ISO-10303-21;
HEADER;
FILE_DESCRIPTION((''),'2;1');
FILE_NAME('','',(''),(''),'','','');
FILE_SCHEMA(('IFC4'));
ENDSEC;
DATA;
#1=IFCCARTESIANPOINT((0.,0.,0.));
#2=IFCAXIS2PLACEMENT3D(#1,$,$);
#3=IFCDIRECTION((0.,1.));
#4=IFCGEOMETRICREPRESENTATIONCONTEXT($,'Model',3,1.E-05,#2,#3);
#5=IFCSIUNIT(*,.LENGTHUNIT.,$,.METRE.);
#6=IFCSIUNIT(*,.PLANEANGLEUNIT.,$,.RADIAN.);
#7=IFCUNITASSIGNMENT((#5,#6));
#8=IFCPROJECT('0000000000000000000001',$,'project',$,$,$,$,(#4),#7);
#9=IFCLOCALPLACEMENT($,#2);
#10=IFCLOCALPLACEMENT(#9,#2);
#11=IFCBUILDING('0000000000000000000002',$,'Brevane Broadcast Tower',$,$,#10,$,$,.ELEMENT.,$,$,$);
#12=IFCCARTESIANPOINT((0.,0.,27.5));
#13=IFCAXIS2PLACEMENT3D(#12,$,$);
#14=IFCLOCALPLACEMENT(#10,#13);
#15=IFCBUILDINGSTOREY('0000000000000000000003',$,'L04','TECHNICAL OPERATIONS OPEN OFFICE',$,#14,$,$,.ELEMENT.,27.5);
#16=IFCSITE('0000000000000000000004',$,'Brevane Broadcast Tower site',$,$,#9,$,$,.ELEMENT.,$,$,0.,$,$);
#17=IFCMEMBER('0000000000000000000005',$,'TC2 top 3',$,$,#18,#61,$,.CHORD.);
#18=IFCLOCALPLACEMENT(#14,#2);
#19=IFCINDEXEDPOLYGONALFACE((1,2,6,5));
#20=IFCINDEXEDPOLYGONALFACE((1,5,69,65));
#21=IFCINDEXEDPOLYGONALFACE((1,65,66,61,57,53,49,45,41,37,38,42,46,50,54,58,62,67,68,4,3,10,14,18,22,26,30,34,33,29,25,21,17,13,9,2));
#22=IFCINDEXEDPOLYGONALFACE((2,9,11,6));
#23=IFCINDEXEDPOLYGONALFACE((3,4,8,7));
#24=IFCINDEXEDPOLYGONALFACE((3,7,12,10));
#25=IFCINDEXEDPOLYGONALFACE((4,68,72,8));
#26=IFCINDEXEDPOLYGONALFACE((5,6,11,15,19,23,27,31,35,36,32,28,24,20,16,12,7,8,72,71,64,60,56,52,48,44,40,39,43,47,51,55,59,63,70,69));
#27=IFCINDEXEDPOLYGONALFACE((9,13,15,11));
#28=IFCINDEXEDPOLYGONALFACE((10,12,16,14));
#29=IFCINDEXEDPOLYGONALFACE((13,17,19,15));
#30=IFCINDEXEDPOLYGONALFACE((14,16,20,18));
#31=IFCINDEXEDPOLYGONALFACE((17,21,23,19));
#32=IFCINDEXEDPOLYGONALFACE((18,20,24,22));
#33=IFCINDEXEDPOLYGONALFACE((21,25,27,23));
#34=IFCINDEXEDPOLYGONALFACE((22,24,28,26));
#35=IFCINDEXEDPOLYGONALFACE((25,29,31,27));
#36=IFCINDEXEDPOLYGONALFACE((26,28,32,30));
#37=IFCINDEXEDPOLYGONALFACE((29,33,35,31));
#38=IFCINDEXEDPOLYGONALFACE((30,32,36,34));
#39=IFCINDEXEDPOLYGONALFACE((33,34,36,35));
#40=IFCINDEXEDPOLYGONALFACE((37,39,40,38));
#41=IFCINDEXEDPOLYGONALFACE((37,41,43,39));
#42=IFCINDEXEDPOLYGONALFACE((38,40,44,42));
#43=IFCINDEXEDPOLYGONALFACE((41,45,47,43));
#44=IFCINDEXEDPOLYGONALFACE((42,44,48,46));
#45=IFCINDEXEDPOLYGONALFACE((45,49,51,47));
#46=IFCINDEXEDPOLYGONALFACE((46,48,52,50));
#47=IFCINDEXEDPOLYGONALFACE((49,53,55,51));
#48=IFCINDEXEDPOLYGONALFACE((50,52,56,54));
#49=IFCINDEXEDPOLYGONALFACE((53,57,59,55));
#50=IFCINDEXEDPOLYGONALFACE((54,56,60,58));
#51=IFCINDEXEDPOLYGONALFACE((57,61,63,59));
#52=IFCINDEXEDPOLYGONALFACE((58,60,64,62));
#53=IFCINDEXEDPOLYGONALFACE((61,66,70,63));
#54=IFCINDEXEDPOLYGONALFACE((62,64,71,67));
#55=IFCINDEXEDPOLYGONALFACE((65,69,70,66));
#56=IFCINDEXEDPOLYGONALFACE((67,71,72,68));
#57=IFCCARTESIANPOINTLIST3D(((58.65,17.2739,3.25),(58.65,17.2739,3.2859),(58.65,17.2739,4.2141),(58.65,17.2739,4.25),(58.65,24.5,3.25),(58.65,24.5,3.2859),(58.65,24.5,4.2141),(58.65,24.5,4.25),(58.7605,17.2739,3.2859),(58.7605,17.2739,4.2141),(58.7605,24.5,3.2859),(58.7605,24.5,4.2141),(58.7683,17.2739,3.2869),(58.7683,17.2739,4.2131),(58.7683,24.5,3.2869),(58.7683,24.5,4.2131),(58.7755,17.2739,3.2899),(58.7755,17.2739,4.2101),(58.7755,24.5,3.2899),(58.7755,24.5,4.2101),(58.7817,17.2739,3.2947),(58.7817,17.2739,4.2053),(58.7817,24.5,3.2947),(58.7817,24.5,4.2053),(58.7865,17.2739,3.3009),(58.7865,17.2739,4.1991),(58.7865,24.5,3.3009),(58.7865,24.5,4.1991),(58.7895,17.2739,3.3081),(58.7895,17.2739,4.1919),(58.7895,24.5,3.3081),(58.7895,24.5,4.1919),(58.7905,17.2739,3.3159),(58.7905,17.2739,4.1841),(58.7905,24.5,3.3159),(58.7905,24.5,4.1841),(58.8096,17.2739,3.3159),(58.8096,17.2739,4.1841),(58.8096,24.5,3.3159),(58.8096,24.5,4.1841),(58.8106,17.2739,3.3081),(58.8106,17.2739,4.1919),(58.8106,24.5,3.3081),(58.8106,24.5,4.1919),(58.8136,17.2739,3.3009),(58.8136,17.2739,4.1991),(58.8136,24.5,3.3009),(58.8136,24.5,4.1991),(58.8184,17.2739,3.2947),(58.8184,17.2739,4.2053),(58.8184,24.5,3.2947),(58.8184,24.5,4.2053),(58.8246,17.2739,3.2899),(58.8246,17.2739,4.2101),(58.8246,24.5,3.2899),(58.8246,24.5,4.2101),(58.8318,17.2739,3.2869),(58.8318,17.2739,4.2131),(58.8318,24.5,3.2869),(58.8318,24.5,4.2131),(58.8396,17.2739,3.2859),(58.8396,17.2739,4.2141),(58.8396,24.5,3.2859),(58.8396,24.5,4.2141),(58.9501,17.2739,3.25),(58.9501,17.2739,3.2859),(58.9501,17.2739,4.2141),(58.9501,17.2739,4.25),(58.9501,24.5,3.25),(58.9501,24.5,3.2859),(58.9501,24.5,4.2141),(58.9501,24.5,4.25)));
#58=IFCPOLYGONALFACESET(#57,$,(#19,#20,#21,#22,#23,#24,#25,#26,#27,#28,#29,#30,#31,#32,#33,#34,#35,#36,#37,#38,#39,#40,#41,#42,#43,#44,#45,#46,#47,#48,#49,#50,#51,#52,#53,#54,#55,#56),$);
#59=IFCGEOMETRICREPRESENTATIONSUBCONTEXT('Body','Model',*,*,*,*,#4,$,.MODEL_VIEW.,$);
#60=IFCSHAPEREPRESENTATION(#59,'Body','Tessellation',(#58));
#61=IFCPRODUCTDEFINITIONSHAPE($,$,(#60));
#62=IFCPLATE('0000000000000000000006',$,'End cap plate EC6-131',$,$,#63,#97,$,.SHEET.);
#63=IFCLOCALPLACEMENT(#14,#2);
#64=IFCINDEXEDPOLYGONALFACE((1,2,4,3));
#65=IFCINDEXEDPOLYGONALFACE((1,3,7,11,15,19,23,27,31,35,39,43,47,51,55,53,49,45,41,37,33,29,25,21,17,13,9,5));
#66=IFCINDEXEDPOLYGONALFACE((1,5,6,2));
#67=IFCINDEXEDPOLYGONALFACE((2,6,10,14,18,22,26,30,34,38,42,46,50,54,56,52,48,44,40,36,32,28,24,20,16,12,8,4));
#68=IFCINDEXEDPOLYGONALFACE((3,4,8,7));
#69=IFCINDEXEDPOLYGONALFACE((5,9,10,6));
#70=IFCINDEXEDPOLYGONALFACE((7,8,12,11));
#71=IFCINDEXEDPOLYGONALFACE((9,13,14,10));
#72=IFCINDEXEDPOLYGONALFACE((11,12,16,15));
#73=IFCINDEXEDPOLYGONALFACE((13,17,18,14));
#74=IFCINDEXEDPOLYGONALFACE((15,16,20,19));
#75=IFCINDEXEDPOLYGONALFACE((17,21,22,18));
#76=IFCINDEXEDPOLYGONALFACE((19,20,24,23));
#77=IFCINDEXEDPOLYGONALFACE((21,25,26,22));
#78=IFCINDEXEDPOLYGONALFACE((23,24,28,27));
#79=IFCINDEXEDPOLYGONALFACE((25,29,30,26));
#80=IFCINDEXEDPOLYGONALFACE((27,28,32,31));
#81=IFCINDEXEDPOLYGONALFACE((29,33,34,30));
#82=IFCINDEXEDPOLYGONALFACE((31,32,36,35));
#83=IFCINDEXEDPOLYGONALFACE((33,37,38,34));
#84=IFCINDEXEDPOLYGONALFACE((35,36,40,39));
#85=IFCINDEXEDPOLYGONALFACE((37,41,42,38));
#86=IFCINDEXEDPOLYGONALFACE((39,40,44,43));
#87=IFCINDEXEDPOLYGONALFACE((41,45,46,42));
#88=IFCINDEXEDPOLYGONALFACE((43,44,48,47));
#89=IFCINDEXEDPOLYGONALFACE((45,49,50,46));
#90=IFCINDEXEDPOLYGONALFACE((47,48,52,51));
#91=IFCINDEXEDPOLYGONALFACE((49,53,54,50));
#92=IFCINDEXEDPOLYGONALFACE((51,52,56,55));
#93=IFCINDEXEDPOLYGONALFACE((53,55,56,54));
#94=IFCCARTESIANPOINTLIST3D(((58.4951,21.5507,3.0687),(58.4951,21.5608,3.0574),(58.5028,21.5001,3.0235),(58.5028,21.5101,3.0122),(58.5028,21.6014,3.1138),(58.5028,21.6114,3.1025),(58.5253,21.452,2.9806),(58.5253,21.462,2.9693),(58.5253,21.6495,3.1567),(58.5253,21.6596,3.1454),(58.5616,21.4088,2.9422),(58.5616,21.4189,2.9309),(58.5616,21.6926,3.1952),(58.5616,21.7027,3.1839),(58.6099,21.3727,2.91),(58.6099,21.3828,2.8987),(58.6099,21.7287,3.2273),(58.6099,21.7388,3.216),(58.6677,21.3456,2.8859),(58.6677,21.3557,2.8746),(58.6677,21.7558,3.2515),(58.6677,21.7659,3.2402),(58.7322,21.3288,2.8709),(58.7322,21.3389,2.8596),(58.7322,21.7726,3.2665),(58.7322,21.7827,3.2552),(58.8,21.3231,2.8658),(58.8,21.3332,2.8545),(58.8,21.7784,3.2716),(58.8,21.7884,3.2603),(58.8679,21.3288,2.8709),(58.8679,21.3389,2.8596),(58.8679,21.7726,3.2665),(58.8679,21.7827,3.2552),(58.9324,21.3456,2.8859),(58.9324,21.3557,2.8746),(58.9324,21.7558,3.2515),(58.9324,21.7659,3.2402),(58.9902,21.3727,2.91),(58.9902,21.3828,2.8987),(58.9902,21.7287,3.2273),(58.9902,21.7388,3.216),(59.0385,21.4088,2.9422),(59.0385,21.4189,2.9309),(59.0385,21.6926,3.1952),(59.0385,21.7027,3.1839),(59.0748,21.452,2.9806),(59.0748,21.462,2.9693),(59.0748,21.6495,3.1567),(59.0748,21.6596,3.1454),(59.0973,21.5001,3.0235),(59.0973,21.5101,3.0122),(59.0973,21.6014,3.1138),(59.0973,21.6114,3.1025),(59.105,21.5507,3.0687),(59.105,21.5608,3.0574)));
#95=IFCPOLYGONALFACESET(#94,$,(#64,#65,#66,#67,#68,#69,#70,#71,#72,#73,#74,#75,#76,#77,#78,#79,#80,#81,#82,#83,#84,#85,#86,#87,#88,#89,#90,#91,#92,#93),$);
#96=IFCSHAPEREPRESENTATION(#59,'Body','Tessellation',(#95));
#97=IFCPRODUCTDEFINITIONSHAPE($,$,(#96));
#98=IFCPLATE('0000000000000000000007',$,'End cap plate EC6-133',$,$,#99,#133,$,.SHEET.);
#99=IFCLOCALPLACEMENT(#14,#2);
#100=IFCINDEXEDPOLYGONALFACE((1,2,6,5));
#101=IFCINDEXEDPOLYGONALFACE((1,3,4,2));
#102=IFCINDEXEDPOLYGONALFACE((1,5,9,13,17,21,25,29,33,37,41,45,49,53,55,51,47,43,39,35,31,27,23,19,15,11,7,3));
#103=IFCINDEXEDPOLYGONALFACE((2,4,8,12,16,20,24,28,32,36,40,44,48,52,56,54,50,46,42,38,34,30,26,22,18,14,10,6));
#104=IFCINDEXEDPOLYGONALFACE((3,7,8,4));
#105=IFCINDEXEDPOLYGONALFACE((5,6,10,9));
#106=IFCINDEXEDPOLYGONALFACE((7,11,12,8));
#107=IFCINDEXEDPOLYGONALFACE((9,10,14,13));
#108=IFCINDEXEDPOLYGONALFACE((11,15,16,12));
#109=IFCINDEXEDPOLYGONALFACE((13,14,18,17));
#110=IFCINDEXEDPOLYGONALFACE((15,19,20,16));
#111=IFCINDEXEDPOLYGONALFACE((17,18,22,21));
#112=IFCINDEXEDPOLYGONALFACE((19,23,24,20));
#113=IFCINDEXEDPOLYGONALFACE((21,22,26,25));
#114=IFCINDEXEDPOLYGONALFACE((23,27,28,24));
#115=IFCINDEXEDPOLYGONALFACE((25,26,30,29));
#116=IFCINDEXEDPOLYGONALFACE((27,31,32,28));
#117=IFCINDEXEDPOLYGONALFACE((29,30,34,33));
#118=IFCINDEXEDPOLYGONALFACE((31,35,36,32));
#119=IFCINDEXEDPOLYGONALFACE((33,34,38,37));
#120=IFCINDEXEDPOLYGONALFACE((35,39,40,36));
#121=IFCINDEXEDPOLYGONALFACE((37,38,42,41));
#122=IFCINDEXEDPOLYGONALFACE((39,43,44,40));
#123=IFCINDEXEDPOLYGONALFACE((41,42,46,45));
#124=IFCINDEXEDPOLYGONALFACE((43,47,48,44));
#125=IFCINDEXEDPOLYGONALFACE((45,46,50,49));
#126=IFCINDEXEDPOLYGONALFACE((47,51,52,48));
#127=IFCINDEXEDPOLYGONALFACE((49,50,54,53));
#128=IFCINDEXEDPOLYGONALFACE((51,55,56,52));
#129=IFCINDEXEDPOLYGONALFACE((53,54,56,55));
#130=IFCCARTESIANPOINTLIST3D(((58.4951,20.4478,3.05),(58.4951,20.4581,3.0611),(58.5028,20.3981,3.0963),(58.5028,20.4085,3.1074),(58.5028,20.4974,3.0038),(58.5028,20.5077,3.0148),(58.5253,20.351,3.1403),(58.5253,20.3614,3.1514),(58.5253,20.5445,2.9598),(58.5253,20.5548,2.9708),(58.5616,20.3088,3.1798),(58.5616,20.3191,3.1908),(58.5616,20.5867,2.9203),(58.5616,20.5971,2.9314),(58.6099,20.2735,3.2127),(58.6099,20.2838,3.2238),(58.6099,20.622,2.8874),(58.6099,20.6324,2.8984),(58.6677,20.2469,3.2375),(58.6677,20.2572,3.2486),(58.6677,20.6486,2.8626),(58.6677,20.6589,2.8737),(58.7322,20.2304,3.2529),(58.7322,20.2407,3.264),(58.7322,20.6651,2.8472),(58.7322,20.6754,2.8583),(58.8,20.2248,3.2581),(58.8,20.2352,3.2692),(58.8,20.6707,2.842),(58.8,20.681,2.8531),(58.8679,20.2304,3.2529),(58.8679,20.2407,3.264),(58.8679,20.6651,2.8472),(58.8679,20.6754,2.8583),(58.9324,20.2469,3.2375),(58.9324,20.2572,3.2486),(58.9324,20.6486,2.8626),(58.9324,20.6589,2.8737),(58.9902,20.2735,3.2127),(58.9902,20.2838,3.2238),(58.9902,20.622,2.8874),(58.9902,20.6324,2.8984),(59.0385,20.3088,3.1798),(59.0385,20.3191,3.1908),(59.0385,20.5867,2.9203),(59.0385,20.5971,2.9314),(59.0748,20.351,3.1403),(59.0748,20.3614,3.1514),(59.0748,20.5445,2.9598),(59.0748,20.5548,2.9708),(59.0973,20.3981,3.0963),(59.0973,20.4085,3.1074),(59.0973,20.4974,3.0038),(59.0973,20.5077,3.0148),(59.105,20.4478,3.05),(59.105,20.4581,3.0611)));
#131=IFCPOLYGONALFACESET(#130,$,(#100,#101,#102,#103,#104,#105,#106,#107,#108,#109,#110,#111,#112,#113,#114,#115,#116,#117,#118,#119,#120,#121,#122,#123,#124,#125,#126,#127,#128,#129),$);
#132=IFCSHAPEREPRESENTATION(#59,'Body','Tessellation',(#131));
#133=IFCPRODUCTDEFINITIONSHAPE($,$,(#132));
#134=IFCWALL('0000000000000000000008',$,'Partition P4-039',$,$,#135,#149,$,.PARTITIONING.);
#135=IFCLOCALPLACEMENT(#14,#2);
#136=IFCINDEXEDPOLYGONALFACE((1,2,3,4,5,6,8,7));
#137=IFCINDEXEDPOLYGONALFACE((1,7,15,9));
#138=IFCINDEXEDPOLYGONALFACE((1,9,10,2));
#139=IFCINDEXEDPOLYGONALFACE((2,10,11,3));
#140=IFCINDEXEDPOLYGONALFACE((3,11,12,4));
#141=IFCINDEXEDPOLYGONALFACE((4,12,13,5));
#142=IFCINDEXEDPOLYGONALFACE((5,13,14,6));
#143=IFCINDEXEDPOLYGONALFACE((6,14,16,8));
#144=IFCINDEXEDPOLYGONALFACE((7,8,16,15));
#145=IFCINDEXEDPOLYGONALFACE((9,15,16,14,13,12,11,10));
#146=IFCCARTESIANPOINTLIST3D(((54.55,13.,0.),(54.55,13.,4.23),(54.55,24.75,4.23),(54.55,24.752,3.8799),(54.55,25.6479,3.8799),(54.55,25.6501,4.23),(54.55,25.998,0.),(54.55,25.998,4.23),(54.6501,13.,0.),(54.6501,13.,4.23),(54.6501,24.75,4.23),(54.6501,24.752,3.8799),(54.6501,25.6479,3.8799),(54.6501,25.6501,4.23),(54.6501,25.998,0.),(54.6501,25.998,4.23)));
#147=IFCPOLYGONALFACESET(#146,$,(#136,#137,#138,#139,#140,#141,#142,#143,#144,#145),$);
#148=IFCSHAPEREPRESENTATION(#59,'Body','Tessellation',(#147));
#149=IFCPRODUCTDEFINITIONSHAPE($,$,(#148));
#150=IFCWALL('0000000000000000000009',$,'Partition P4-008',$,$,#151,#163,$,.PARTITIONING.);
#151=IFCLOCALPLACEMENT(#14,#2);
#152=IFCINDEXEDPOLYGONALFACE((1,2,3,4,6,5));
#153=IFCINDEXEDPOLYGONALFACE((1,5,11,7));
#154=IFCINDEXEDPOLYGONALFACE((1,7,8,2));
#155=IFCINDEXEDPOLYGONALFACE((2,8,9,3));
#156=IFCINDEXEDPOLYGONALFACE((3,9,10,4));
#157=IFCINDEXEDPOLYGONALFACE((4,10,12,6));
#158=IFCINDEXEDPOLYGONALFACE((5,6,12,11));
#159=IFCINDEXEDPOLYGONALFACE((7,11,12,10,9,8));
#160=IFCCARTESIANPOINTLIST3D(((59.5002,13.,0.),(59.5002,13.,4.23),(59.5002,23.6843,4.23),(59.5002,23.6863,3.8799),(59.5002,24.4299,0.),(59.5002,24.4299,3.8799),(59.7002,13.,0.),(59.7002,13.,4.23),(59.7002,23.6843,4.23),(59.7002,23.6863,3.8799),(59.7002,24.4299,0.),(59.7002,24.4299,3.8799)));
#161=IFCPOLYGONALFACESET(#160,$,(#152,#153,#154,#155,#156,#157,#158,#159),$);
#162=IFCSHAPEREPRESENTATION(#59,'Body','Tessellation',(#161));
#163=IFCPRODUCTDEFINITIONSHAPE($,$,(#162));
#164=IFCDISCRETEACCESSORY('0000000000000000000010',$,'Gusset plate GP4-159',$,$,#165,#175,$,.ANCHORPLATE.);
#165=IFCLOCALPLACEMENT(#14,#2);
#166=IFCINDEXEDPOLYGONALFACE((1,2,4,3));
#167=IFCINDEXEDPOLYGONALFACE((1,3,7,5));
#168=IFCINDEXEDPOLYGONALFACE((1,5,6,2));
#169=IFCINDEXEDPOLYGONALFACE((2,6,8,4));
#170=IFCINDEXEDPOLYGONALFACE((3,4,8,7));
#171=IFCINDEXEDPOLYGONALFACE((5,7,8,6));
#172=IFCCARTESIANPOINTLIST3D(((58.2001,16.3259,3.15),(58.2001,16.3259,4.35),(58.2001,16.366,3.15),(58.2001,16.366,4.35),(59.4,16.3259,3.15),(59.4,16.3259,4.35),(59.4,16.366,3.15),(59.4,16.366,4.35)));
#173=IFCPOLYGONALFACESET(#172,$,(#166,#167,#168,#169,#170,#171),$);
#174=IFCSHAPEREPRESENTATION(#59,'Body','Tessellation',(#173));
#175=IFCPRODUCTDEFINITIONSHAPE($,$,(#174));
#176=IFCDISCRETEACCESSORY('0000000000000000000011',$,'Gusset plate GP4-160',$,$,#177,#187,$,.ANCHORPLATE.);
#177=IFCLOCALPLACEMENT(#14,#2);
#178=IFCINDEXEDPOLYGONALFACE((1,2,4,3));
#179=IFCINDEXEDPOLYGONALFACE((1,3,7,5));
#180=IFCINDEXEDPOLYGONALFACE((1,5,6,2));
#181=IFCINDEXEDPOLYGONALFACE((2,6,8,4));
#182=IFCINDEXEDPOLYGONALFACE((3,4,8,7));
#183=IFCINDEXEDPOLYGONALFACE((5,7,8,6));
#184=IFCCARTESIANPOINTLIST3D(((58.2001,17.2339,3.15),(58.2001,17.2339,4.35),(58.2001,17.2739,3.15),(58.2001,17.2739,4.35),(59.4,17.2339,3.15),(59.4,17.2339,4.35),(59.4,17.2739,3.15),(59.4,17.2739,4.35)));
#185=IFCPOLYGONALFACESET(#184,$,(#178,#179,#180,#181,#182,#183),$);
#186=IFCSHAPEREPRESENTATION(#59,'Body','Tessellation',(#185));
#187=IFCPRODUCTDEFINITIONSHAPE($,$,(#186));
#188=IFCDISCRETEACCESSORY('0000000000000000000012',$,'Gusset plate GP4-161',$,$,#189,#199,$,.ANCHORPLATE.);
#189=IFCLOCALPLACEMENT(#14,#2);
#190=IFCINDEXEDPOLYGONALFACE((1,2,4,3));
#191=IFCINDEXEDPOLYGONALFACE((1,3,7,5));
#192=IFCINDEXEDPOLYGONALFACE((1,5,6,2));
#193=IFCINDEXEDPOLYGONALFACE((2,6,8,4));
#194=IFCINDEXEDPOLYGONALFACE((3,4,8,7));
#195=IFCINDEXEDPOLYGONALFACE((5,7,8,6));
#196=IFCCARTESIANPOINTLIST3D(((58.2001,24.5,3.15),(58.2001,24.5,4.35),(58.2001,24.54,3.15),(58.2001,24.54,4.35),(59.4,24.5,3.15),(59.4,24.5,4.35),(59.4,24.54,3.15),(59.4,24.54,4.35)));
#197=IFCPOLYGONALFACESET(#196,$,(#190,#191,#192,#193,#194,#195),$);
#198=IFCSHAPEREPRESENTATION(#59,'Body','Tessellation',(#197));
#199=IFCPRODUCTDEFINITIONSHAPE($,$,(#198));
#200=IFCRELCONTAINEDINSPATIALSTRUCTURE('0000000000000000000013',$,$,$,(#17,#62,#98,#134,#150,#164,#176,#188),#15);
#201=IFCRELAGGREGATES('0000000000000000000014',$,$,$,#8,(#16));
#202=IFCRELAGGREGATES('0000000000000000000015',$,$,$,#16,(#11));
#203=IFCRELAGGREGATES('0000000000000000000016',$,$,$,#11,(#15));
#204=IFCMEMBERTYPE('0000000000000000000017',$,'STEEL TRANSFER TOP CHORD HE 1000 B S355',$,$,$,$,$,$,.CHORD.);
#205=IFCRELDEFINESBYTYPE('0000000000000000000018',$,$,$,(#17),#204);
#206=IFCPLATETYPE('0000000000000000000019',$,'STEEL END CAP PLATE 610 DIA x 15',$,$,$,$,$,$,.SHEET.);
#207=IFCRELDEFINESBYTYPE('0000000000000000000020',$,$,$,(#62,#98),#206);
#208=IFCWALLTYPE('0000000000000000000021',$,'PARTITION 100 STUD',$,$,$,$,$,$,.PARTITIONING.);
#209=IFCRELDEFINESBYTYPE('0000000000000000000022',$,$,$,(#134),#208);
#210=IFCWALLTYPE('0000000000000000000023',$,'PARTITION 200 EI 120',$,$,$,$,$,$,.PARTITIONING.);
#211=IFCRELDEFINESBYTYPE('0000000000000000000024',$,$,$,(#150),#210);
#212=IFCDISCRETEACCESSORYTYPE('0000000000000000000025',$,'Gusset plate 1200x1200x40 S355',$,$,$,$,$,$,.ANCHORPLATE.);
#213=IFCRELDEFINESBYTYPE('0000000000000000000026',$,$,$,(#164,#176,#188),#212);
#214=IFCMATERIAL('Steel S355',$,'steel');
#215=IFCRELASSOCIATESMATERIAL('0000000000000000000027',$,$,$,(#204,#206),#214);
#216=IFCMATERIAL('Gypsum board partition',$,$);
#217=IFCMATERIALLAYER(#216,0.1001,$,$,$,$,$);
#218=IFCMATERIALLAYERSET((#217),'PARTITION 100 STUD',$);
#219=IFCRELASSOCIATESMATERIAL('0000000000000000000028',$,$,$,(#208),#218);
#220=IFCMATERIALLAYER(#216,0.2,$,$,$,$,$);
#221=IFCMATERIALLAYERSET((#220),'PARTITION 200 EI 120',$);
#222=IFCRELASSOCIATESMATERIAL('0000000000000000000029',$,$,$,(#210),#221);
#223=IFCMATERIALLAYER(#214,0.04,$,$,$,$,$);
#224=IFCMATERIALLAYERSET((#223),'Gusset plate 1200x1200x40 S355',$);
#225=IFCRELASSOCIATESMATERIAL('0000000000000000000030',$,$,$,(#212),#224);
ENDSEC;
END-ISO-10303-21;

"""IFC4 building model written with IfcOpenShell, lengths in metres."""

from ifc_helpers import new_model, si_unit, direction, frame, origin, origin_2d, place, context, subcontext, project, spatial, polyline, rectangle, circle, i_section, outline, extrude, material, layer, layer_set, material_profile, profile_set, type_object, element, save


model = new_model("IFC4")

# Units and contexts
model_context = context("Model", 3, precision=1e-05, world=origin(), true_north=direction((0.0, 1.0)))
body_context = subcontext(model_context, "Body", "Model", "MODEL_VIEW")
ifc_project = project(units=[si_unit("LENGTHUNIT", "METRE"), si_unit("PLANEANGLEUNIT", "RADIAN")], contexts=[model_context])

# Site, building, storey
site_placement = place(None, origin())
site = spatial("IfcSite", under=ifc_project, at=site_placement, Name="Brevane Broadcast Tower site", CompositionType="ELEMENT", RefElevation=0.0)
building_placement = place(site_placement, origin())
building = spatial("IfcBuilding", under=site, at=building_placement, Name="Brevane Broadcast Tower", CompositionType="ELEMENT")
storey_placement = place(building_placement, frame((0.0, 0.0, 27.5)))
storey = spatial("IfcBuildingStorey", under=building, at=storey_placement, Name="L04", Description="TECHNICAL OPERATIONS OPEN OFFICE", CompositionType="ELEMENT", Elevation=27.5)

# Member
ifc_material_1 = material(Name="Steel S355", Category="steel")
ifc_material_profile_1 = material_profile(ifc_material_1, i_section(OverallWidth=0.3, OverallDepth=1.0, WebThickness=0.019, FlangeThickness=0.0359, FilletRadius=0.03, at=origin_2d()), Name="HE 1000 B")
ifc_profile_set_1 = profile_set([ifc_material_profile_1], Name="Steel S355")
member_type_1 = type_object("IfcMemberType", Name="STEEL TRANSFER TOP CHORD HE 1000 B S355", PredefinedType="CHORD", material=ifc_profile_set_1)
member_1_placement = place(storey_placement, frame((58.8, 17.2739, 3.75), z_axis=(0.0, 1.0, 0.0), x_axis=(-1.0, 0.0, 0.0)))
element("IfcMember", 1, at=member_1_placement, inside=storey, type_object=member_type_1, Name="TC2 top 3", PredefinedType="CHORD", context=body_context, shape_type="SweptSolid", body=[
    extrude(i_section(OverallWidth=0.3, OverallDepth=1.0, WebThickness=0.019, FlangeThickness=0.0359, FilletRadius=0.03, at=origin_2d()), origin(), (0.0, 0.0, 1.0), 7.2261),
])

# Plates
ifc_material_profile_2 = material_profile(ifc_material_1, circle(Radius=0.3049, at=origin_2d()), Name="PL 610 DIA x 15")
ifc_profile_set_2 = profile_set([ifc_material_profile_2], Name="Steel S355")
plate_type = type_object("IfcPlateType", Name="STEEL END CAP PLATE 610 DIA x 15", PredefinedType="SHEET", material=ifc_profile_set_2)
for number, where, z_axis, x_axis, name in (
    (2, (58.8, 21.5608, 3.0574), (0.0, -0.665371, 0.746513), (1.0, 0.0, 0.0), "End cap plate EC6-131"),
    (3, (58.8, 20.4478, 3.05), (0.0, 0.682318, 0.731055), (-1.0, 0.0, 0.0), "End cap plate EC6-133"),
):
    element("IfcPlate", number, at=place(storey_placement, frame(where, z_axis=z_axis, x_axis=x_axis)), inside=storey, type_object=plate_type, Name=name, PredefinedType="SHEET", context=body_context, shape_type="SweptSolid", body=[
        extrude(circle(Radius=0.3049, at=origin_2d()), origin(), (0.0, 0.0, 1.0), 0.0151),
    ])

# Walls
ifc_material_2 = material(Name="Gypsum board partition")
ifc_layer_1 = layer(ifc_material_2, 0.1001)
ifc_layer_set_1 = layer_set([ifc_layer_1], Name="PARTITION 100 STUD")
wall_type_1 = type_object("IfcWallType", Name="PARTITION 100 STUD", PredefinedType="PARTITIONING", material=ifc_layer_set_1)
wall_1_placement = place(storey_placement, frame((54.6001, 25.998, 0.0), z_axis=(0.0, 0.0, 1.0), x_axis=(0.0, -1.0, 0.0)))
element("IfcWall", 4, at=wall_1_placement, inside=storey, type_object=wall_type_1, Name="Partition P4-039", PredefinedType="PARTITIONING", context=body_context, shape_type="SweptSolid", body=[
    extrude(outline(polyline([(0.0, 0.0), (12.998, 0.0), (12.998, 4.23), (1.248, 4.23), (1.2461, 3.8799), (0.3501, 3.8799), (0.3479, 4.23), (0.0, 4.23), (0.0, 0.0)])), frame((0.0, 0.05, 0.0), z_axis=(0.0, -1.0, 0.0), x_axis=(1.0, 0.0, 0.0)), (0.0, 0.0, 1.0), 0.1001),
])
ifc_layer_2 = layer(ifc_material_2, 0.2)
ifc_layer_set_2 = layer_set([ifc_layer_2], Name="PARTITION 200 EI 120")
wall_type_2 = type_object("IfcWallType", Name="PARTITION 200 EI 120", PredefinedType="PARTITIONING", material=ifc_layer_set_2)
wall_2_placement = place(storey_placement, frame((59.6001, 24.4299, 0.0), z_axis=(0.0, 0.0, 1.0), x_axis=(0.0, -1.0, 0.0)))
element("IfcWall", 5, at=wall_2_placement, inside=storey, type_object=wall_type_2, Name="Partition P4-008", PredefinedType="PARTITIONING", context=body_context, shape_type="SweptSolid", body=[
    extrude(outline(polyline([(0.0, 0.0), (11.4299, 0.0), (11.4299, 4.23), (0.7456, 4.23), (0.7437, 3.8799), (0.0, 3.8799), (0.0, 0.0)])), frame((0.0, 0.1001, 0.0), z_axis=(0.0, -1.0, 0.0), x_axis=(1.0, 0.0, 0.0)), (0.0, 0.0, 1.0), 0.2),
])

# Discrete accessories
ifc_layer_3 = layer(ifc_material_1, 0.04)
ifc_layer_set_3 = layer_set([ifc_layer_3], Name="Gusset plate 1200x1200x40 S355")
discrete_accessory_type = type_object("IfcDiscreteAccessoryType", Name="Gusset plate 1200x1200x40 S355", PredefinedType="ANCHORPLATE", material=ifc_layer_set_3)
for number, where, z_axis, x_axis, name in (
    (6, (58.8, 16.3259, 3.75), (0.0, 1.0, 0.0), (-1.0, 0.0, 0.0), "Gusset plate GP4-159"),
    (7, (58.8, 17.2339, 3.75), (0.0, 1.0, 0.0), (-1.0, 0.0, 0.0), "Gusset plate GP4-160"),
    (8, (58.8, 24.5, 3.75), (0.0, 1.0, 0.0), (-1.0, 0.0, 0.0), "Gusset plate GP4-161"),
):
    element("IfcDiscreteAccessory", number, at=place(storey_placement, frame(where, z_axis=z_axis, x_axis=x_axis)), inside=storey, type_object=discrete_accessory_type, Name=name, PredefinedType="ANCHORPLATE", context=body_context, shape_type="SweptSolid", body=[
        extrude(rectangle(XDim=1.2, YDim=1.2, at=origin_2d()), origin(), (0.0, 0.0, 1.0), 0.04),
    ])

save(model, "model.ifc")
